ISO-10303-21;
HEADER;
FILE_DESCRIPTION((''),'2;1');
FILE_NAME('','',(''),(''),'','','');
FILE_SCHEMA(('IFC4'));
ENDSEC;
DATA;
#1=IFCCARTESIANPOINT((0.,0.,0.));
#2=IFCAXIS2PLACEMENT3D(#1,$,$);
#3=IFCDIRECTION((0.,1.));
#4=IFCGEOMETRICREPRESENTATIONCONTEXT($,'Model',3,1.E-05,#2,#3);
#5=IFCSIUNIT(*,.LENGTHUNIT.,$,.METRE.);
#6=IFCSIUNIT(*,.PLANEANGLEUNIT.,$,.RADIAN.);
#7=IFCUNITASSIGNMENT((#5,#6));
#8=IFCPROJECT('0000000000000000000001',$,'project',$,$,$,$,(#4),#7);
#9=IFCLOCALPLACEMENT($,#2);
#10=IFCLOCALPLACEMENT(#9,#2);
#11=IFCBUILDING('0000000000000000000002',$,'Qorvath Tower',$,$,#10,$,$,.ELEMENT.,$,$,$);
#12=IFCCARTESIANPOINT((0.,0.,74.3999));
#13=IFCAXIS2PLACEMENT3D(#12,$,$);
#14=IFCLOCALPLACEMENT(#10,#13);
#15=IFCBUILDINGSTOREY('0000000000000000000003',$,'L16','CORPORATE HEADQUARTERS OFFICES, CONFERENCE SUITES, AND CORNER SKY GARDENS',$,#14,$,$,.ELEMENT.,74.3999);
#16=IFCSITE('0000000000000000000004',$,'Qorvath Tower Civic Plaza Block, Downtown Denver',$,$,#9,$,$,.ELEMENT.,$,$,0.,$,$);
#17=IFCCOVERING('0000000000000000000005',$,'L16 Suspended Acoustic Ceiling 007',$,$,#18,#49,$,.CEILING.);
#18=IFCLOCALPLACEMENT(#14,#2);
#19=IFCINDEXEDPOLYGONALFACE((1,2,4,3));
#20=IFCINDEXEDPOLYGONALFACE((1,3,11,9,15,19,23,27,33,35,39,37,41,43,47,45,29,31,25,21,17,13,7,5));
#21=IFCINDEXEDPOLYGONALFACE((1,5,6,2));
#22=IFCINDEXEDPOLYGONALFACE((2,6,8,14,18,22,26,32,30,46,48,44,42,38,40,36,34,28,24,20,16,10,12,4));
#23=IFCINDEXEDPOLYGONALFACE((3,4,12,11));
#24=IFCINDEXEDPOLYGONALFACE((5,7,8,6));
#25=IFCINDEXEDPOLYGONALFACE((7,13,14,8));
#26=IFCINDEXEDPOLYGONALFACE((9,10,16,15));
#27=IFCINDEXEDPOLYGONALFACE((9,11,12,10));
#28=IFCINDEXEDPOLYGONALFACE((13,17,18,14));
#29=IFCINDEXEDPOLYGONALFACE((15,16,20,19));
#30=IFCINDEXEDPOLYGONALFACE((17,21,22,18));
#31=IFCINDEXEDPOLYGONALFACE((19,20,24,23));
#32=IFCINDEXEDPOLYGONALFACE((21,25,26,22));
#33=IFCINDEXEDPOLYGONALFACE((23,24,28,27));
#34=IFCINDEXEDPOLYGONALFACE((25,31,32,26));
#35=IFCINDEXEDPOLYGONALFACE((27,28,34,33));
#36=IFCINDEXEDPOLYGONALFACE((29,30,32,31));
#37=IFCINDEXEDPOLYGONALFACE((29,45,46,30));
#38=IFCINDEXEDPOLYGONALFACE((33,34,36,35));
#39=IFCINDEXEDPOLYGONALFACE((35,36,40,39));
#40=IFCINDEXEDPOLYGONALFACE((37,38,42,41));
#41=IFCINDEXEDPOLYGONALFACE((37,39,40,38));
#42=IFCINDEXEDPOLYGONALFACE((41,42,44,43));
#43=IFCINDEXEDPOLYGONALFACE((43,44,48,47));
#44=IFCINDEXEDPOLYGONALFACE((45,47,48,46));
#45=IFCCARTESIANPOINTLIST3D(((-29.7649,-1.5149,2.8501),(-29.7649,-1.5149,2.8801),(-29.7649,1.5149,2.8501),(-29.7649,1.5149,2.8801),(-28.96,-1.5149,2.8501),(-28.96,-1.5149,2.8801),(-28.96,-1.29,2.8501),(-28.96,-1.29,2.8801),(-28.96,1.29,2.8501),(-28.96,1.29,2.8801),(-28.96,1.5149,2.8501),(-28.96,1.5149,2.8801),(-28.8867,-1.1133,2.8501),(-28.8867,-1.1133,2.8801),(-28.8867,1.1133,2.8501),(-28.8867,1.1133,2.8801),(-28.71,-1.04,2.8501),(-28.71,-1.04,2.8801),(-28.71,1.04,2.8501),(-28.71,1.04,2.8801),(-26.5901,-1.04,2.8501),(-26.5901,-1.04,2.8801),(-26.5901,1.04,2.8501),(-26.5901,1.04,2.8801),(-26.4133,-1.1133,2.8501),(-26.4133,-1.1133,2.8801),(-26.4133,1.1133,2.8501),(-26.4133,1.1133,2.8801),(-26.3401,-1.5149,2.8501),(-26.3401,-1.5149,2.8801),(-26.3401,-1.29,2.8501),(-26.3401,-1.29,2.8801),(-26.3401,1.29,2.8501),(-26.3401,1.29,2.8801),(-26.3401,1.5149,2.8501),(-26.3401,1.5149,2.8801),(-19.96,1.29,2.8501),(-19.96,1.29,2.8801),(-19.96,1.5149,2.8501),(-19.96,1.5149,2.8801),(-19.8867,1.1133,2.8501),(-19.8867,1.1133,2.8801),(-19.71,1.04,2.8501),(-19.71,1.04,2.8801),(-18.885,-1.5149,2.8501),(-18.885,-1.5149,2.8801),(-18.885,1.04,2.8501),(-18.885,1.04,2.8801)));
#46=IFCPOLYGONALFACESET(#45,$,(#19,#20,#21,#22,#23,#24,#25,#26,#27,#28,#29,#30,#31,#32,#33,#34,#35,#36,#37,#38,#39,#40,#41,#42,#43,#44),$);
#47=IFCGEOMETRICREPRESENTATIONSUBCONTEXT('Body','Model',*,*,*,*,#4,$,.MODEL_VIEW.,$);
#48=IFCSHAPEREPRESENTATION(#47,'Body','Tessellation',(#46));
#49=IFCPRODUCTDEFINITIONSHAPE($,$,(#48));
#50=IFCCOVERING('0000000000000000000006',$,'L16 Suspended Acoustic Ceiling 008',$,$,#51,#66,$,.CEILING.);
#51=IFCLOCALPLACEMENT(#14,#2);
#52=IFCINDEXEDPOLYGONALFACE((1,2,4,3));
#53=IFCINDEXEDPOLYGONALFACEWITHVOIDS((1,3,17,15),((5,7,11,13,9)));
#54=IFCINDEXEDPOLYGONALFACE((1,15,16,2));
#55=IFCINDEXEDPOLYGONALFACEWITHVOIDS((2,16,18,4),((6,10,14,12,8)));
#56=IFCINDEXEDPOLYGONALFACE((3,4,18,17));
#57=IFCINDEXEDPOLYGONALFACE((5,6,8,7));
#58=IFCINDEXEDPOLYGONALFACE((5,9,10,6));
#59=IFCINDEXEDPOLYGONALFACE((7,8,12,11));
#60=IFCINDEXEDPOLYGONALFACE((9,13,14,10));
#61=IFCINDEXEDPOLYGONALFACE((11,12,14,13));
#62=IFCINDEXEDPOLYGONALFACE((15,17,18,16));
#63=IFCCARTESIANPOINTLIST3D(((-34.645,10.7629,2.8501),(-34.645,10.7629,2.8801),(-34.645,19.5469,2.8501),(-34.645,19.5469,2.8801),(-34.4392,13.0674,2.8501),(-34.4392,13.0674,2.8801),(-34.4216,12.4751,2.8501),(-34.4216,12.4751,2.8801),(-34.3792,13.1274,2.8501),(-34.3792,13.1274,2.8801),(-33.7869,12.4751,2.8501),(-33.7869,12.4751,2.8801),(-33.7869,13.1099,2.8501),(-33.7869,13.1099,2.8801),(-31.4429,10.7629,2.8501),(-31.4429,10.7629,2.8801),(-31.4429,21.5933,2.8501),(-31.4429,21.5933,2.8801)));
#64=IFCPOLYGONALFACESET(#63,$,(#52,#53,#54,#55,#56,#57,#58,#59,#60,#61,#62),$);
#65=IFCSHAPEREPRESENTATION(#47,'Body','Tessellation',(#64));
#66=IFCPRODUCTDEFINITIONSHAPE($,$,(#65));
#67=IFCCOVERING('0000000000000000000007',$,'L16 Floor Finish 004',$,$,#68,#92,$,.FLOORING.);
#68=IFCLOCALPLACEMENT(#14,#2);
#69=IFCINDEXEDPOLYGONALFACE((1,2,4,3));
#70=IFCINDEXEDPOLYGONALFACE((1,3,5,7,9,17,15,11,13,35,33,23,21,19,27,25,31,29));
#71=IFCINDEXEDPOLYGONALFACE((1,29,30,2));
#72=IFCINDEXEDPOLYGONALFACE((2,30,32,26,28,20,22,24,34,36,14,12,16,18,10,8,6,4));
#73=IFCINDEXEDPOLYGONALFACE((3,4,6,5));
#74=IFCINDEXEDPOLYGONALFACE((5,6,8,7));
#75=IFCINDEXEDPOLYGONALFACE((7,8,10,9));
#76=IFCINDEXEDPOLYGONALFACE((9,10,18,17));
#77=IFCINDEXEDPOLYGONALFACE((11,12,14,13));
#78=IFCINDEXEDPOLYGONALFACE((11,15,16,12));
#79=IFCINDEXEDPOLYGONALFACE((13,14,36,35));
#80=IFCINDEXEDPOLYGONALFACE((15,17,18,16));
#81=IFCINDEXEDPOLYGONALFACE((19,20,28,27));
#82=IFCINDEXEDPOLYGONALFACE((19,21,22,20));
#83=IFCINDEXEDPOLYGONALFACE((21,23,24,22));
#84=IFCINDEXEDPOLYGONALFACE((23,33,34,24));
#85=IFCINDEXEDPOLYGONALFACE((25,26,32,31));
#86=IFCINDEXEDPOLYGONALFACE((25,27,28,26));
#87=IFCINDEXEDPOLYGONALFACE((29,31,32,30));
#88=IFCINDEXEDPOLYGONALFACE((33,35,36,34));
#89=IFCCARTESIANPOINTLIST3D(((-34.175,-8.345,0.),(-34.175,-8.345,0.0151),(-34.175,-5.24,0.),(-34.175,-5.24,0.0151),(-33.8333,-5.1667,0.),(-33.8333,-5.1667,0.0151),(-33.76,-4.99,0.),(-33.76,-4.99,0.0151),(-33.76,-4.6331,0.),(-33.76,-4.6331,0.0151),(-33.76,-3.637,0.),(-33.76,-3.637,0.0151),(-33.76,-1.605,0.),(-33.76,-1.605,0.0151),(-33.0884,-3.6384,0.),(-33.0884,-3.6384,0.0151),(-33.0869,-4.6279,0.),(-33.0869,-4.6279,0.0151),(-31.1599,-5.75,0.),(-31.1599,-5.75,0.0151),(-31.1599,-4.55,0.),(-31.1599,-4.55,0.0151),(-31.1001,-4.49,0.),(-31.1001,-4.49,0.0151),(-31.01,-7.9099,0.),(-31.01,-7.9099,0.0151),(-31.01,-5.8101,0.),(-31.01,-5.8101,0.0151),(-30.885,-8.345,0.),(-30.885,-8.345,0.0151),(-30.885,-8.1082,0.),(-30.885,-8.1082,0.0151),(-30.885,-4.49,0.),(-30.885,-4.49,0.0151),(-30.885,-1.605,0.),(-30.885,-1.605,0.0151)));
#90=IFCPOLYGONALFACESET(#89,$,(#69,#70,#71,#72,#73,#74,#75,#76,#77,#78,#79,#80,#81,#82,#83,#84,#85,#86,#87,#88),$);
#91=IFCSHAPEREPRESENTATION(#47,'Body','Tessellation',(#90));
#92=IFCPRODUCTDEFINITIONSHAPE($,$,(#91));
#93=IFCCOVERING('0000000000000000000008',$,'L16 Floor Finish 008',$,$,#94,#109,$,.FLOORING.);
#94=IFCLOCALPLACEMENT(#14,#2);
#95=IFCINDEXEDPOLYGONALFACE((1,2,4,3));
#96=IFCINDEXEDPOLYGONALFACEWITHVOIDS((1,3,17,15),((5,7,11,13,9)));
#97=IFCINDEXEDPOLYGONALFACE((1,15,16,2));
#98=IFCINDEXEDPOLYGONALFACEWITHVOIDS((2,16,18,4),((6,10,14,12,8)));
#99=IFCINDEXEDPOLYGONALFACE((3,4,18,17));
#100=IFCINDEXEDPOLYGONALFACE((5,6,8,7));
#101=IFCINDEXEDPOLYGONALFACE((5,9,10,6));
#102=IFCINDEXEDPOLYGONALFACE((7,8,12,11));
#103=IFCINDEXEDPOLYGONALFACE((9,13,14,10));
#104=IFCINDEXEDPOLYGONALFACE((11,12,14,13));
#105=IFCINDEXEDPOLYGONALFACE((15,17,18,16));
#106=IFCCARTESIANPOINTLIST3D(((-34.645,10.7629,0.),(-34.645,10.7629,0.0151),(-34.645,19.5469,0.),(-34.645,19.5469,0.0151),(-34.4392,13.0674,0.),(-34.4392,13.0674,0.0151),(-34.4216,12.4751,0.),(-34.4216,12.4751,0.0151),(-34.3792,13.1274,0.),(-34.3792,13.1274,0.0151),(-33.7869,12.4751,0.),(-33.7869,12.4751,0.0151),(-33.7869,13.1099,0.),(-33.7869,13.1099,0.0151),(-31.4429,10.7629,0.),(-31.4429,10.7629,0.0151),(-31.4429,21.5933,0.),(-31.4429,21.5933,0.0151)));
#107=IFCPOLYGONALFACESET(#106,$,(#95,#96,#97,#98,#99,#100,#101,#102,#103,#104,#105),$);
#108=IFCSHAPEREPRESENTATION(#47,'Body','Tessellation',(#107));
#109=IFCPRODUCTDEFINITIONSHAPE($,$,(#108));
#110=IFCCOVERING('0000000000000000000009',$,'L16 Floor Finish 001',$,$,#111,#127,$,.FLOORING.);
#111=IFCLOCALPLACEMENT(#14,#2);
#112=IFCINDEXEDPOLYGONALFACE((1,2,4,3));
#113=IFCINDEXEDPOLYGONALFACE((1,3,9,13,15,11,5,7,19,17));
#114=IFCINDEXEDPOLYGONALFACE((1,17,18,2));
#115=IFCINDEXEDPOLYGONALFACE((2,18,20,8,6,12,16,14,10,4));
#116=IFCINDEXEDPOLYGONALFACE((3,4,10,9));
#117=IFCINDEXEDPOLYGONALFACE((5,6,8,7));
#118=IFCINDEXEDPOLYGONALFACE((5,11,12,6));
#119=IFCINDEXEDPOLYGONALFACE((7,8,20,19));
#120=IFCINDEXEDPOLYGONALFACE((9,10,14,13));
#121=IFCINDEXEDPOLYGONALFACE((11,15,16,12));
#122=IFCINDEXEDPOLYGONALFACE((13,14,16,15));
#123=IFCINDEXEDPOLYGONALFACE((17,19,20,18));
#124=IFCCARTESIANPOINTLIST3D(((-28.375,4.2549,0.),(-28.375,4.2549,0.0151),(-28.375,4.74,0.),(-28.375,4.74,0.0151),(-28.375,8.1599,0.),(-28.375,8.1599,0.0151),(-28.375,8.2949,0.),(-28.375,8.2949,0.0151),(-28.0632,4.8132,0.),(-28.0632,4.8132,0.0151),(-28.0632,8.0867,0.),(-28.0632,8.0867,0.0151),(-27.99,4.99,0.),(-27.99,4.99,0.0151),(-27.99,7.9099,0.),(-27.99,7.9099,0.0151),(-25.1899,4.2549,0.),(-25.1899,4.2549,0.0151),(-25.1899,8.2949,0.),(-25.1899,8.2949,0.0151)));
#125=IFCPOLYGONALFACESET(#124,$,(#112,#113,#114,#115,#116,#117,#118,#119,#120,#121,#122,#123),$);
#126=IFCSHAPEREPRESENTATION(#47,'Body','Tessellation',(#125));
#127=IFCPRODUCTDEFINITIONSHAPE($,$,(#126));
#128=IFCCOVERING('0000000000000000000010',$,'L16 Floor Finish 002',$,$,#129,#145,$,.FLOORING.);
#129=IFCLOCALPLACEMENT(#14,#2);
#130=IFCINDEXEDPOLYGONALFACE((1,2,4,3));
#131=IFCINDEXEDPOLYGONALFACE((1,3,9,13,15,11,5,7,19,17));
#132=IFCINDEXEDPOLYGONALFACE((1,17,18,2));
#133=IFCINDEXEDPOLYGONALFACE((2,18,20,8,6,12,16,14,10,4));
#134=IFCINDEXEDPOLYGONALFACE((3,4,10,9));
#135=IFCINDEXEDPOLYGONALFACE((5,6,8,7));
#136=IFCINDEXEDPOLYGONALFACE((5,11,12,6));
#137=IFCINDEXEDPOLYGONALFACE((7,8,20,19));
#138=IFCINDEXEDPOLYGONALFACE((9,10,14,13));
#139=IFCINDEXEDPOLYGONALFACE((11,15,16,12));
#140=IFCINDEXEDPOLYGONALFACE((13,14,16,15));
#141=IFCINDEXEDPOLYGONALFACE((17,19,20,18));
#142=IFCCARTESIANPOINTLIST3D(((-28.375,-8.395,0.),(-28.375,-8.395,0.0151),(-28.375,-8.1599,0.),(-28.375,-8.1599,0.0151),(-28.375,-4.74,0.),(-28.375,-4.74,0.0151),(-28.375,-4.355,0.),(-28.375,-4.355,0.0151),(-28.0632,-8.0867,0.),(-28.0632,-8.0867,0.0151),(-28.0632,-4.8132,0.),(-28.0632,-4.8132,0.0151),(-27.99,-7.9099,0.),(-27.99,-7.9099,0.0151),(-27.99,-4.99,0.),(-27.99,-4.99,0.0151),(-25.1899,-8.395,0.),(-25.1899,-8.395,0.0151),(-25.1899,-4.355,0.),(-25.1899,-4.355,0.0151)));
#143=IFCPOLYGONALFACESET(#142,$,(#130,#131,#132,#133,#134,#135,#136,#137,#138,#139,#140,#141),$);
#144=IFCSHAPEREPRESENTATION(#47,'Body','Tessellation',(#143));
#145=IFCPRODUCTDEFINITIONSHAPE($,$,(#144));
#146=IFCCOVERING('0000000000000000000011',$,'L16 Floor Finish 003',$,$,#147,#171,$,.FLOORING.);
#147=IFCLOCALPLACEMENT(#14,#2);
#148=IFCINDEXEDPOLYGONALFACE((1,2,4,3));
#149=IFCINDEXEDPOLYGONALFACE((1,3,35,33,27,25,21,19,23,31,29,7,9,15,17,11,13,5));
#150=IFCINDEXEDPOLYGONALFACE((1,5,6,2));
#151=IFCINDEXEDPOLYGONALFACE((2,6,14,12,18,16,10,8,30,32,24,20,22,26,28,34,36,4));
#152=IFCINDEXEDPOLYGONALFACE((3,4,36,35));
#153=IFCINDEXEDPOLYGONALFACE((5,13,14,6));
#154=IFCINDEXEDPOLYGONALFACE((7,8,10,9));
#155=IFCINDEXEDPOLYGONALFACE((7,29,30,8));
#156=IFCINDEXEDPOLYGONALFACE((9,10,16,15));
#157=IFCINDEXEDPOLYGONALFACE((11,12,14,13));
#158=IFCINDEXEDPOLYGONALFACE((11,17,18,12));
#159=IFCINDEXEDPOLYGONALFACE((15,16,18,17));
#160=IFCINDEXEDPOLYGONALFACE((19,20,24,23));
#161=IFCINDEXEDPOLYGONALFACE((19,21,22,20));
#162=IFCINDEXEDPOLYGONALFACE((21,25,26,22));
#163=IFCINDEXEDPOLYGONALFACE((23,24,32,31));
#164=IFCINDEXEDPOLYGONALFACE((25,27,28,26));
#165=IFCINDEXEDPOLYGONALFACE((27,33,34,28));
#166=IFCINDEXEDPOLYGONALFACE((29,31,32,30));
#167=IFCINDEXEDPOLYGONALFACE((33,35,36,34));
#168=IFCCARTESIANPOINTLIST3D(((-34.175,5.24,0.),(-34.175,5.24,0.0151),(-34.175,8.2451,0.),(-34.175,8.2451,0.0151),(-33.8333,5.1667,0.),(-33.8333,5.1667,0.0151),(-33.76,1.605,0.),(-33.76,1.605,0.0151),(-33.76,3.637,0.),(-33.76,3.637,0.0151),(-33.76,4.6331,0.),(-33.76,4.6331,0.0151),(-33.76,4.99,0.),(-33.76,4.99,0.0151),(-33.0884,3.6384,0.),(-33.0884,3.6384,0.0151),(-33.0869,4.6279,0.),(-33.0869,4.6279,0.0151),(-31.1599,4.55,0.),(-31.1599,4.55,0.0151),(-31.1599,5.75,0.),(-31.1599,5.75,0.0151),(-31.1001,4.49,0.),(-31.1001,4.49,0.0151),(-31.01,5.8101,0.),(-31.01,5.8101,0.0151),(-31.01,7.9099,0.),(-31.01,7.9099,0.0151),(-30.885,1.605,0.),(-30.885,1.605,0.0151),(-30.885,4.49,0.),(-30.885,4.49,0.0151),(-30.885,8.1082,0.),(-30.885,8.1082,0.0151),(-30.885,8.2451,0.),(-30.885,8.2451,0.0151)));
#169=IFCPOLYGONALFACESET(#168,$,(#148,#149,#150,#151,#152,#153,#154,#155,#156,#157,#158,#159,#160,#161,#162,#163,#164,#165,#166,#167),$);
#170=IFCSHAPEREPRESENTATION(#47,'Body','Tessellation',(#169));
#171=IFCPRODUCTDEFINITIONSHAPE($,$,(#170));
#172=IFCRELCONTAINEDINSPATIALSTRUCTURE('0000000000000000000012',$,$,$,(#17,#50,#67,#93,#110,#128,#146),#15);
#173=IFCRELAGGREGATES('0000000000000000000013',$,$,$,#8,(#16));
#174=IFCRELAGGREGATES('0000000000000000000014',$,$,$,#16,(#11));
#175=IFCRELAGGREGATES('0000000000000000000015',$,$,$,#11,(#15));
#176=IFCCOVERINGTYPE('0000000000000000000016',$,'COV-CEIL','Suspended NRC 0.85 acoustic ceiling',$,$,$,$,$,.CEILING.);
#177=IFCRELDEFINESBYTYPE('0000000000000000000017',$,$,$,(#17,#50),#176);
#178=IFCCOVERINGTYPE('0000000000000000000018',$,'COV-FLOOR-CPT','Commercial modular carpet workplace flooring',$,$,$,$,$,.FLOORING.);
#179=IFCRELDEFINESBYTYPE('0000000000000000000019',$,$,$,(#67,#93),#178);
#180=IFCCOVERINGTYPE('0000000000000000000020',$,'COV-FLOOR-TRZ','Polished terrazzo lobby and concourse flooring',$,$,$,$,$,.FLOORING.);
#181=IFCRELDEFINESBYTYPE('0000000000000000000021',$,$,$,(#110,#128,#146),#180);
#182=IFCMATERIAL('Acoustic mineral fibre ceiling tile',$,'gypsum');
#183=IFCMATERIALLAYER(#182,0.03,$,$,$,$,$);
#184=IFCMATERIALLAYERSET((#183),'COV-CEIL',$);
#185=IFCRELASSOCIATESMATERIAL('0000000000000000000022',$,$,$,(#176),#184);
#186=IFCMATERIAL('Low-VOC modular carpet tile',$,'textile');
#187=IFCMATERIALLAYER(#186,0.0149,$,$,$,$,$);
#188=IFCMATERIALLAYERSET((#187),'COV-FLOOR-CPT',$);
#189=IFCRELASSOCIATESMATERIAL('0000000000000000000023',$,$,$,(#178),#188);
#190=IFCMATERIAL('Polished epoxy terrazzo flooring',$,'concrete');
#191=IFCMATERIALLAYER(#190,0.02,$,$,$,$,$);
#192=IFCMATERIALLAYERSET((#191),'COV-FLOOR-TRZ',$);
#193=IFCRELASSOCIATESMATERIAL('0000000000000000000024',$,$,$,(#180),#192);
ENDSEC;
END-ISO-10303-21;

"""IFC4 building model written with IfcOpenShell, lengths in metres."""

from ifc_helpers import new_model, si_unit, direction, frame, origin, place, context, subcontext, project, spatial, polyline, outline, extrude, material, layer, layer_set, type_object, element, save


model = new_model("IFC4")

# Units and contexts
model_context = context("Model", 3, precision=1e-05, world=origin(), true_north=direction((0.0, 1.0)))
body_context = subcontext(model_context, "Body", "Model", "MODEL_VIEW")
ifc_project = project(units=[si_unit("LENGTHUNIT", "METRE"), si_unit("PLANEANGLEUNIT", "RADIAN")], contexts=[model_context])

# Site, building, storey
site_placement = place(None, origin())
site = spatial("IfcSite", under=ifc_project, at=site_placement, Name="Qorvath Tower Civic Plaza Block, Downtown Denver", CompositionType="ELEMENT", RefElevation=0.0)
building_placement = place(site_placement, origin())
building = spatial("IfcBuilding", under=site, at=building_placement, Name="Qorvath Tower", CompositionType="ELEMENT")
storey_placement = place(building_placement, frame((0.0, 0.0, 74.3999)))
storey = spatial("IfcBuildingStorey", under=building, at=storey_placement, Name="L16", Description="CORPORATE HEADQUARTERS OFFICES, CONFERENCE SUITES, AND CORNER SKY GARDENS", CompositionType="ELEMENT", Elevation=74.3999)

# Coverings
ifc_material_1 = material(Name="Acoustic mineral fibre ceiling tile", Category="gypsum")
ifc_layer_1 = layer(ifc_material_1, 0.03)
ifc_layer_set_1 = layer_set([ifc_layer_1], Name="COV-CEIL")
covering_type_1 = type_object("IfcCoveringType", Name="COV-CEIL", Description="Suspended NRC 0.85 acoustic ceiling", PredefinedType="CEILING", material=ifc_layer_set_1)
covering_1_placement = place(storey_placement, frame((0.0, 0.0, 2.8501)))
element("IfcCovering", 1, at=covering_1_placement, inside=storey, type_object=covering_type_1, Name="L16 Suspended Acoustic Ceiling 007", PredefinedType="CEILING", context=body_context, shape_type="SweptSolid", body=[
    extrude(outline(polyline([(-18.885, -1.5149), (-18.885, 1.04), (-19.71, 1.04), (-19.8867, 1.1133), (-19.96, 1.29), (-19.96, 1.5149), (-26.3401, 1.5149), (-26.3401, 1.29), (-26.4133, 1.1133), (-26.5901, 1.04), (-28.71, 1.04), (-28.8867, 1.1133), (-28.96, 1.29), (-28.96, 1.5149), (-29.7649, 1.5149), (-29.7649, -1.5149), (-28.96, -1.5149), (-28.96, -1.29), (-28.8867, -1.1133), (-28.71, -1.04), (-26.5901, -1.04), (-26.4133, -1.1133), (-26.3401, -1.29), (-26.3401, -1.5149), (-18.885, -1.5149)])), origin(), (0.0, 0.0, 1.0), 0.03),
])
covering_2_placement = place(storey_placement, frame((0.0, 0.0, 2.8501)))
element("IfcCovering", 2, at=covering_2_placement, inside=storey, type_object=covering_type_1, Name="L16 Suspended Acoustic Ceiling 008", PredefinedType="CEILING", context=body_context, shape_type="SweptSolid", body=[
    extrude(outline(polyline([(-31.4429, 10.7629), (-31.4429, 21.5933), (-34.645, 19.5469), (-34.645, 10.7629), (-31.4429, 10.7629)]), holes=[polyline([(-34.4392, 13.0674), (-34.3792, 13.1274), (-33.7869, 13.1099), (-33.7869, 12.4751), (-34.4216, 12.4751), (-34.4392, 13.0674)])]), origin(), (0.0, 0.0, 1.0), 0.03),
])
ifc_material_2 = material(Name="Low-VOC modular carpet tile", Category="textile")
ifc_layer_2 = layer(ifc_material_2, 0.0149)
ifc_layer_set_2 = layer_set([ifc_layer_2], Name="COV-FLOOR-CPT")
covering_type_2 = type_object("IfcCoveringType", Name="COV-FLOOR-CPT", Description="Commercial modular carpet workplace flooring", PredefinedType="FLOORING", material=ifc_layer_set_2)
covering_3_placement = place(storey_placement, origin())
element("IfcCovering", 3, at=covering_3_placement, inside=storey, type_object=covering_type_2, Name="L16 Floor Finish 004", PredefinedType="FLOORING", context=body_context, shape_type="SweptSolid", body=[
    extrude(outline(polyline([(-30.885, -1.605), (-33.76, -1.605), (-33.76, -3.637), (-33.0884, -3.6384), (-33.0869, -4.6279), (-33.76, -4.6331), (-33.76, -4.99), (-33.8333, -5.1667), (-34.175, -5.24), (-34.175, -8.345), (-30.885, -8.345), (-30.885, -8.1082), (-31.01, -7.9099), (-31.01, -5.8101), (-31.1599, -5.75), (-31.1599, -4.55), (-31.1001, -4.49), (-30.885, -4.49), (-30.885, -1.605)])), origin(), (0.0, 0.0, 1.0), 0.0151),
])
covering_4_placement = place(storey_placement, origin())
element("IfcCovering", 4, at=covering_4_placement, inside=storey, type_object=covering_type_2, Name="L16 Floor Finish 008", PredefinedType="FLOORING", context=body_context, shape_type="SweptSolid", body=[
    extrude(outline(polyline([(-31.4429, 10.7629), (-31.4429, 21.5933), (-34.645, 19.5469), (-34.645, 10.7629), (-31.4429, 10.7629)]), holes=[polyline([(-34.4392, 13.0674), (-34.3792, 13.1274), (-33.7869, 13.1099), (-33.7869, 12.4751), (-34.4216, 12.4751), (-34.4392, 13.0674)])]), origin(), (0.0, 0.0, 1.0), 0.0151),
])
ifc_material_3 = material(Name="Polished epoxy terrazzo flooring", Category="concrete")
ifc_layer_3 = layer(ifc_material_3, 0.02)
ifc_layer_set_3 = layer_set([ifc_layer_3], Name="COV-FLOOR-TRZ")
covering_type_3 = type_object("IfcCoveringType", Name="COV-FLOOR-TRZ", Description="Polished terrazzo lobby and concourse flooring", PredefinedType="FLOORING", material=ifc_layer_set_3)
covering_5_placement = place(storey_placement, origin())
element("IfcCovering", 5, at=covering_5_placement, inside=storey, type_object=covering_type_3, Name="L16 Floor Finish 001", PredefinedType="FLOORING", context=body_context, shape_type="SweptSolid", body=[
    extrude(outline(polyline([(-25.1899, 4.2549), (-25.1899, 8.2949), (-28.375, 8.2949), (-28.375, 8.1599), (-28.0632, 8.0867), (-27.99, 7.9099), (-27.99, 4.99), (-28.0632, 4.8132), (-28.375, 4.74), (-28.375, 4.2549), (-25.1899, 4.2549)])), origin(), (0.0, 0.0, 1.0), 0.0151),
])
covering_6_placement = place(storey_placement, origin())
element("IfcCovering", 6, at=covering_6_placement, inside=storey, type_object=covering_type_3, Name="L16 Floor Finish 002", PredefinedType="FLOORING", context=body_context, shape_type="SweptSolid", body=[
    extrude(outline(polyline([(-25.1899, -8.395), (-25.1899, -4.355), (-28.375, -4.355), (-28.375, -4.74), (-28.0632, -4.8132), (-27.99, -4.99), (-27.99, -7.9099), (-28.0632, -8.0867), (-28.375, -8.1599), (-28.375, -8.395), (-25.1899, -8.395)])), origin(), (0.0, 0.0, 1.0), 0.0151),
])
covering_7_placement = place(storey_placement, origin())
element("IfcCovering", 7, at=covering_7_placement, inside=storey, type_object=covering_type_3, Name="L16 Floor Finish 003", PredefinedType="FLOORING", context=body_context, shape_type="SweptSolid", body=[
    extrude(outline(polyline([(-30.885, 8.2451), (-34.175, 8.2451), (-34.175, 5.24), (-33.8333, 5.1667), (-33.76, 4.99), (-33.76, 4.6331), (-33.0869, 4.6279), (-33.0884, 3.6384), (-33.76, 3.637), (-33.76, 1.605), (-30.885, 1.605), (-30.885, 4.49), (-31.1001, 4.49), (-31.1599, 4.55), (-31.1599, 5.75), (-31.01, 5.8101), (-31.01, 7.9099), (-30.885, 8.1082), (-30.885, 8.2451)])), origin(), (0.0, 0.0, 1.0), 0.0151),
])

save(model, "model.ifc")
